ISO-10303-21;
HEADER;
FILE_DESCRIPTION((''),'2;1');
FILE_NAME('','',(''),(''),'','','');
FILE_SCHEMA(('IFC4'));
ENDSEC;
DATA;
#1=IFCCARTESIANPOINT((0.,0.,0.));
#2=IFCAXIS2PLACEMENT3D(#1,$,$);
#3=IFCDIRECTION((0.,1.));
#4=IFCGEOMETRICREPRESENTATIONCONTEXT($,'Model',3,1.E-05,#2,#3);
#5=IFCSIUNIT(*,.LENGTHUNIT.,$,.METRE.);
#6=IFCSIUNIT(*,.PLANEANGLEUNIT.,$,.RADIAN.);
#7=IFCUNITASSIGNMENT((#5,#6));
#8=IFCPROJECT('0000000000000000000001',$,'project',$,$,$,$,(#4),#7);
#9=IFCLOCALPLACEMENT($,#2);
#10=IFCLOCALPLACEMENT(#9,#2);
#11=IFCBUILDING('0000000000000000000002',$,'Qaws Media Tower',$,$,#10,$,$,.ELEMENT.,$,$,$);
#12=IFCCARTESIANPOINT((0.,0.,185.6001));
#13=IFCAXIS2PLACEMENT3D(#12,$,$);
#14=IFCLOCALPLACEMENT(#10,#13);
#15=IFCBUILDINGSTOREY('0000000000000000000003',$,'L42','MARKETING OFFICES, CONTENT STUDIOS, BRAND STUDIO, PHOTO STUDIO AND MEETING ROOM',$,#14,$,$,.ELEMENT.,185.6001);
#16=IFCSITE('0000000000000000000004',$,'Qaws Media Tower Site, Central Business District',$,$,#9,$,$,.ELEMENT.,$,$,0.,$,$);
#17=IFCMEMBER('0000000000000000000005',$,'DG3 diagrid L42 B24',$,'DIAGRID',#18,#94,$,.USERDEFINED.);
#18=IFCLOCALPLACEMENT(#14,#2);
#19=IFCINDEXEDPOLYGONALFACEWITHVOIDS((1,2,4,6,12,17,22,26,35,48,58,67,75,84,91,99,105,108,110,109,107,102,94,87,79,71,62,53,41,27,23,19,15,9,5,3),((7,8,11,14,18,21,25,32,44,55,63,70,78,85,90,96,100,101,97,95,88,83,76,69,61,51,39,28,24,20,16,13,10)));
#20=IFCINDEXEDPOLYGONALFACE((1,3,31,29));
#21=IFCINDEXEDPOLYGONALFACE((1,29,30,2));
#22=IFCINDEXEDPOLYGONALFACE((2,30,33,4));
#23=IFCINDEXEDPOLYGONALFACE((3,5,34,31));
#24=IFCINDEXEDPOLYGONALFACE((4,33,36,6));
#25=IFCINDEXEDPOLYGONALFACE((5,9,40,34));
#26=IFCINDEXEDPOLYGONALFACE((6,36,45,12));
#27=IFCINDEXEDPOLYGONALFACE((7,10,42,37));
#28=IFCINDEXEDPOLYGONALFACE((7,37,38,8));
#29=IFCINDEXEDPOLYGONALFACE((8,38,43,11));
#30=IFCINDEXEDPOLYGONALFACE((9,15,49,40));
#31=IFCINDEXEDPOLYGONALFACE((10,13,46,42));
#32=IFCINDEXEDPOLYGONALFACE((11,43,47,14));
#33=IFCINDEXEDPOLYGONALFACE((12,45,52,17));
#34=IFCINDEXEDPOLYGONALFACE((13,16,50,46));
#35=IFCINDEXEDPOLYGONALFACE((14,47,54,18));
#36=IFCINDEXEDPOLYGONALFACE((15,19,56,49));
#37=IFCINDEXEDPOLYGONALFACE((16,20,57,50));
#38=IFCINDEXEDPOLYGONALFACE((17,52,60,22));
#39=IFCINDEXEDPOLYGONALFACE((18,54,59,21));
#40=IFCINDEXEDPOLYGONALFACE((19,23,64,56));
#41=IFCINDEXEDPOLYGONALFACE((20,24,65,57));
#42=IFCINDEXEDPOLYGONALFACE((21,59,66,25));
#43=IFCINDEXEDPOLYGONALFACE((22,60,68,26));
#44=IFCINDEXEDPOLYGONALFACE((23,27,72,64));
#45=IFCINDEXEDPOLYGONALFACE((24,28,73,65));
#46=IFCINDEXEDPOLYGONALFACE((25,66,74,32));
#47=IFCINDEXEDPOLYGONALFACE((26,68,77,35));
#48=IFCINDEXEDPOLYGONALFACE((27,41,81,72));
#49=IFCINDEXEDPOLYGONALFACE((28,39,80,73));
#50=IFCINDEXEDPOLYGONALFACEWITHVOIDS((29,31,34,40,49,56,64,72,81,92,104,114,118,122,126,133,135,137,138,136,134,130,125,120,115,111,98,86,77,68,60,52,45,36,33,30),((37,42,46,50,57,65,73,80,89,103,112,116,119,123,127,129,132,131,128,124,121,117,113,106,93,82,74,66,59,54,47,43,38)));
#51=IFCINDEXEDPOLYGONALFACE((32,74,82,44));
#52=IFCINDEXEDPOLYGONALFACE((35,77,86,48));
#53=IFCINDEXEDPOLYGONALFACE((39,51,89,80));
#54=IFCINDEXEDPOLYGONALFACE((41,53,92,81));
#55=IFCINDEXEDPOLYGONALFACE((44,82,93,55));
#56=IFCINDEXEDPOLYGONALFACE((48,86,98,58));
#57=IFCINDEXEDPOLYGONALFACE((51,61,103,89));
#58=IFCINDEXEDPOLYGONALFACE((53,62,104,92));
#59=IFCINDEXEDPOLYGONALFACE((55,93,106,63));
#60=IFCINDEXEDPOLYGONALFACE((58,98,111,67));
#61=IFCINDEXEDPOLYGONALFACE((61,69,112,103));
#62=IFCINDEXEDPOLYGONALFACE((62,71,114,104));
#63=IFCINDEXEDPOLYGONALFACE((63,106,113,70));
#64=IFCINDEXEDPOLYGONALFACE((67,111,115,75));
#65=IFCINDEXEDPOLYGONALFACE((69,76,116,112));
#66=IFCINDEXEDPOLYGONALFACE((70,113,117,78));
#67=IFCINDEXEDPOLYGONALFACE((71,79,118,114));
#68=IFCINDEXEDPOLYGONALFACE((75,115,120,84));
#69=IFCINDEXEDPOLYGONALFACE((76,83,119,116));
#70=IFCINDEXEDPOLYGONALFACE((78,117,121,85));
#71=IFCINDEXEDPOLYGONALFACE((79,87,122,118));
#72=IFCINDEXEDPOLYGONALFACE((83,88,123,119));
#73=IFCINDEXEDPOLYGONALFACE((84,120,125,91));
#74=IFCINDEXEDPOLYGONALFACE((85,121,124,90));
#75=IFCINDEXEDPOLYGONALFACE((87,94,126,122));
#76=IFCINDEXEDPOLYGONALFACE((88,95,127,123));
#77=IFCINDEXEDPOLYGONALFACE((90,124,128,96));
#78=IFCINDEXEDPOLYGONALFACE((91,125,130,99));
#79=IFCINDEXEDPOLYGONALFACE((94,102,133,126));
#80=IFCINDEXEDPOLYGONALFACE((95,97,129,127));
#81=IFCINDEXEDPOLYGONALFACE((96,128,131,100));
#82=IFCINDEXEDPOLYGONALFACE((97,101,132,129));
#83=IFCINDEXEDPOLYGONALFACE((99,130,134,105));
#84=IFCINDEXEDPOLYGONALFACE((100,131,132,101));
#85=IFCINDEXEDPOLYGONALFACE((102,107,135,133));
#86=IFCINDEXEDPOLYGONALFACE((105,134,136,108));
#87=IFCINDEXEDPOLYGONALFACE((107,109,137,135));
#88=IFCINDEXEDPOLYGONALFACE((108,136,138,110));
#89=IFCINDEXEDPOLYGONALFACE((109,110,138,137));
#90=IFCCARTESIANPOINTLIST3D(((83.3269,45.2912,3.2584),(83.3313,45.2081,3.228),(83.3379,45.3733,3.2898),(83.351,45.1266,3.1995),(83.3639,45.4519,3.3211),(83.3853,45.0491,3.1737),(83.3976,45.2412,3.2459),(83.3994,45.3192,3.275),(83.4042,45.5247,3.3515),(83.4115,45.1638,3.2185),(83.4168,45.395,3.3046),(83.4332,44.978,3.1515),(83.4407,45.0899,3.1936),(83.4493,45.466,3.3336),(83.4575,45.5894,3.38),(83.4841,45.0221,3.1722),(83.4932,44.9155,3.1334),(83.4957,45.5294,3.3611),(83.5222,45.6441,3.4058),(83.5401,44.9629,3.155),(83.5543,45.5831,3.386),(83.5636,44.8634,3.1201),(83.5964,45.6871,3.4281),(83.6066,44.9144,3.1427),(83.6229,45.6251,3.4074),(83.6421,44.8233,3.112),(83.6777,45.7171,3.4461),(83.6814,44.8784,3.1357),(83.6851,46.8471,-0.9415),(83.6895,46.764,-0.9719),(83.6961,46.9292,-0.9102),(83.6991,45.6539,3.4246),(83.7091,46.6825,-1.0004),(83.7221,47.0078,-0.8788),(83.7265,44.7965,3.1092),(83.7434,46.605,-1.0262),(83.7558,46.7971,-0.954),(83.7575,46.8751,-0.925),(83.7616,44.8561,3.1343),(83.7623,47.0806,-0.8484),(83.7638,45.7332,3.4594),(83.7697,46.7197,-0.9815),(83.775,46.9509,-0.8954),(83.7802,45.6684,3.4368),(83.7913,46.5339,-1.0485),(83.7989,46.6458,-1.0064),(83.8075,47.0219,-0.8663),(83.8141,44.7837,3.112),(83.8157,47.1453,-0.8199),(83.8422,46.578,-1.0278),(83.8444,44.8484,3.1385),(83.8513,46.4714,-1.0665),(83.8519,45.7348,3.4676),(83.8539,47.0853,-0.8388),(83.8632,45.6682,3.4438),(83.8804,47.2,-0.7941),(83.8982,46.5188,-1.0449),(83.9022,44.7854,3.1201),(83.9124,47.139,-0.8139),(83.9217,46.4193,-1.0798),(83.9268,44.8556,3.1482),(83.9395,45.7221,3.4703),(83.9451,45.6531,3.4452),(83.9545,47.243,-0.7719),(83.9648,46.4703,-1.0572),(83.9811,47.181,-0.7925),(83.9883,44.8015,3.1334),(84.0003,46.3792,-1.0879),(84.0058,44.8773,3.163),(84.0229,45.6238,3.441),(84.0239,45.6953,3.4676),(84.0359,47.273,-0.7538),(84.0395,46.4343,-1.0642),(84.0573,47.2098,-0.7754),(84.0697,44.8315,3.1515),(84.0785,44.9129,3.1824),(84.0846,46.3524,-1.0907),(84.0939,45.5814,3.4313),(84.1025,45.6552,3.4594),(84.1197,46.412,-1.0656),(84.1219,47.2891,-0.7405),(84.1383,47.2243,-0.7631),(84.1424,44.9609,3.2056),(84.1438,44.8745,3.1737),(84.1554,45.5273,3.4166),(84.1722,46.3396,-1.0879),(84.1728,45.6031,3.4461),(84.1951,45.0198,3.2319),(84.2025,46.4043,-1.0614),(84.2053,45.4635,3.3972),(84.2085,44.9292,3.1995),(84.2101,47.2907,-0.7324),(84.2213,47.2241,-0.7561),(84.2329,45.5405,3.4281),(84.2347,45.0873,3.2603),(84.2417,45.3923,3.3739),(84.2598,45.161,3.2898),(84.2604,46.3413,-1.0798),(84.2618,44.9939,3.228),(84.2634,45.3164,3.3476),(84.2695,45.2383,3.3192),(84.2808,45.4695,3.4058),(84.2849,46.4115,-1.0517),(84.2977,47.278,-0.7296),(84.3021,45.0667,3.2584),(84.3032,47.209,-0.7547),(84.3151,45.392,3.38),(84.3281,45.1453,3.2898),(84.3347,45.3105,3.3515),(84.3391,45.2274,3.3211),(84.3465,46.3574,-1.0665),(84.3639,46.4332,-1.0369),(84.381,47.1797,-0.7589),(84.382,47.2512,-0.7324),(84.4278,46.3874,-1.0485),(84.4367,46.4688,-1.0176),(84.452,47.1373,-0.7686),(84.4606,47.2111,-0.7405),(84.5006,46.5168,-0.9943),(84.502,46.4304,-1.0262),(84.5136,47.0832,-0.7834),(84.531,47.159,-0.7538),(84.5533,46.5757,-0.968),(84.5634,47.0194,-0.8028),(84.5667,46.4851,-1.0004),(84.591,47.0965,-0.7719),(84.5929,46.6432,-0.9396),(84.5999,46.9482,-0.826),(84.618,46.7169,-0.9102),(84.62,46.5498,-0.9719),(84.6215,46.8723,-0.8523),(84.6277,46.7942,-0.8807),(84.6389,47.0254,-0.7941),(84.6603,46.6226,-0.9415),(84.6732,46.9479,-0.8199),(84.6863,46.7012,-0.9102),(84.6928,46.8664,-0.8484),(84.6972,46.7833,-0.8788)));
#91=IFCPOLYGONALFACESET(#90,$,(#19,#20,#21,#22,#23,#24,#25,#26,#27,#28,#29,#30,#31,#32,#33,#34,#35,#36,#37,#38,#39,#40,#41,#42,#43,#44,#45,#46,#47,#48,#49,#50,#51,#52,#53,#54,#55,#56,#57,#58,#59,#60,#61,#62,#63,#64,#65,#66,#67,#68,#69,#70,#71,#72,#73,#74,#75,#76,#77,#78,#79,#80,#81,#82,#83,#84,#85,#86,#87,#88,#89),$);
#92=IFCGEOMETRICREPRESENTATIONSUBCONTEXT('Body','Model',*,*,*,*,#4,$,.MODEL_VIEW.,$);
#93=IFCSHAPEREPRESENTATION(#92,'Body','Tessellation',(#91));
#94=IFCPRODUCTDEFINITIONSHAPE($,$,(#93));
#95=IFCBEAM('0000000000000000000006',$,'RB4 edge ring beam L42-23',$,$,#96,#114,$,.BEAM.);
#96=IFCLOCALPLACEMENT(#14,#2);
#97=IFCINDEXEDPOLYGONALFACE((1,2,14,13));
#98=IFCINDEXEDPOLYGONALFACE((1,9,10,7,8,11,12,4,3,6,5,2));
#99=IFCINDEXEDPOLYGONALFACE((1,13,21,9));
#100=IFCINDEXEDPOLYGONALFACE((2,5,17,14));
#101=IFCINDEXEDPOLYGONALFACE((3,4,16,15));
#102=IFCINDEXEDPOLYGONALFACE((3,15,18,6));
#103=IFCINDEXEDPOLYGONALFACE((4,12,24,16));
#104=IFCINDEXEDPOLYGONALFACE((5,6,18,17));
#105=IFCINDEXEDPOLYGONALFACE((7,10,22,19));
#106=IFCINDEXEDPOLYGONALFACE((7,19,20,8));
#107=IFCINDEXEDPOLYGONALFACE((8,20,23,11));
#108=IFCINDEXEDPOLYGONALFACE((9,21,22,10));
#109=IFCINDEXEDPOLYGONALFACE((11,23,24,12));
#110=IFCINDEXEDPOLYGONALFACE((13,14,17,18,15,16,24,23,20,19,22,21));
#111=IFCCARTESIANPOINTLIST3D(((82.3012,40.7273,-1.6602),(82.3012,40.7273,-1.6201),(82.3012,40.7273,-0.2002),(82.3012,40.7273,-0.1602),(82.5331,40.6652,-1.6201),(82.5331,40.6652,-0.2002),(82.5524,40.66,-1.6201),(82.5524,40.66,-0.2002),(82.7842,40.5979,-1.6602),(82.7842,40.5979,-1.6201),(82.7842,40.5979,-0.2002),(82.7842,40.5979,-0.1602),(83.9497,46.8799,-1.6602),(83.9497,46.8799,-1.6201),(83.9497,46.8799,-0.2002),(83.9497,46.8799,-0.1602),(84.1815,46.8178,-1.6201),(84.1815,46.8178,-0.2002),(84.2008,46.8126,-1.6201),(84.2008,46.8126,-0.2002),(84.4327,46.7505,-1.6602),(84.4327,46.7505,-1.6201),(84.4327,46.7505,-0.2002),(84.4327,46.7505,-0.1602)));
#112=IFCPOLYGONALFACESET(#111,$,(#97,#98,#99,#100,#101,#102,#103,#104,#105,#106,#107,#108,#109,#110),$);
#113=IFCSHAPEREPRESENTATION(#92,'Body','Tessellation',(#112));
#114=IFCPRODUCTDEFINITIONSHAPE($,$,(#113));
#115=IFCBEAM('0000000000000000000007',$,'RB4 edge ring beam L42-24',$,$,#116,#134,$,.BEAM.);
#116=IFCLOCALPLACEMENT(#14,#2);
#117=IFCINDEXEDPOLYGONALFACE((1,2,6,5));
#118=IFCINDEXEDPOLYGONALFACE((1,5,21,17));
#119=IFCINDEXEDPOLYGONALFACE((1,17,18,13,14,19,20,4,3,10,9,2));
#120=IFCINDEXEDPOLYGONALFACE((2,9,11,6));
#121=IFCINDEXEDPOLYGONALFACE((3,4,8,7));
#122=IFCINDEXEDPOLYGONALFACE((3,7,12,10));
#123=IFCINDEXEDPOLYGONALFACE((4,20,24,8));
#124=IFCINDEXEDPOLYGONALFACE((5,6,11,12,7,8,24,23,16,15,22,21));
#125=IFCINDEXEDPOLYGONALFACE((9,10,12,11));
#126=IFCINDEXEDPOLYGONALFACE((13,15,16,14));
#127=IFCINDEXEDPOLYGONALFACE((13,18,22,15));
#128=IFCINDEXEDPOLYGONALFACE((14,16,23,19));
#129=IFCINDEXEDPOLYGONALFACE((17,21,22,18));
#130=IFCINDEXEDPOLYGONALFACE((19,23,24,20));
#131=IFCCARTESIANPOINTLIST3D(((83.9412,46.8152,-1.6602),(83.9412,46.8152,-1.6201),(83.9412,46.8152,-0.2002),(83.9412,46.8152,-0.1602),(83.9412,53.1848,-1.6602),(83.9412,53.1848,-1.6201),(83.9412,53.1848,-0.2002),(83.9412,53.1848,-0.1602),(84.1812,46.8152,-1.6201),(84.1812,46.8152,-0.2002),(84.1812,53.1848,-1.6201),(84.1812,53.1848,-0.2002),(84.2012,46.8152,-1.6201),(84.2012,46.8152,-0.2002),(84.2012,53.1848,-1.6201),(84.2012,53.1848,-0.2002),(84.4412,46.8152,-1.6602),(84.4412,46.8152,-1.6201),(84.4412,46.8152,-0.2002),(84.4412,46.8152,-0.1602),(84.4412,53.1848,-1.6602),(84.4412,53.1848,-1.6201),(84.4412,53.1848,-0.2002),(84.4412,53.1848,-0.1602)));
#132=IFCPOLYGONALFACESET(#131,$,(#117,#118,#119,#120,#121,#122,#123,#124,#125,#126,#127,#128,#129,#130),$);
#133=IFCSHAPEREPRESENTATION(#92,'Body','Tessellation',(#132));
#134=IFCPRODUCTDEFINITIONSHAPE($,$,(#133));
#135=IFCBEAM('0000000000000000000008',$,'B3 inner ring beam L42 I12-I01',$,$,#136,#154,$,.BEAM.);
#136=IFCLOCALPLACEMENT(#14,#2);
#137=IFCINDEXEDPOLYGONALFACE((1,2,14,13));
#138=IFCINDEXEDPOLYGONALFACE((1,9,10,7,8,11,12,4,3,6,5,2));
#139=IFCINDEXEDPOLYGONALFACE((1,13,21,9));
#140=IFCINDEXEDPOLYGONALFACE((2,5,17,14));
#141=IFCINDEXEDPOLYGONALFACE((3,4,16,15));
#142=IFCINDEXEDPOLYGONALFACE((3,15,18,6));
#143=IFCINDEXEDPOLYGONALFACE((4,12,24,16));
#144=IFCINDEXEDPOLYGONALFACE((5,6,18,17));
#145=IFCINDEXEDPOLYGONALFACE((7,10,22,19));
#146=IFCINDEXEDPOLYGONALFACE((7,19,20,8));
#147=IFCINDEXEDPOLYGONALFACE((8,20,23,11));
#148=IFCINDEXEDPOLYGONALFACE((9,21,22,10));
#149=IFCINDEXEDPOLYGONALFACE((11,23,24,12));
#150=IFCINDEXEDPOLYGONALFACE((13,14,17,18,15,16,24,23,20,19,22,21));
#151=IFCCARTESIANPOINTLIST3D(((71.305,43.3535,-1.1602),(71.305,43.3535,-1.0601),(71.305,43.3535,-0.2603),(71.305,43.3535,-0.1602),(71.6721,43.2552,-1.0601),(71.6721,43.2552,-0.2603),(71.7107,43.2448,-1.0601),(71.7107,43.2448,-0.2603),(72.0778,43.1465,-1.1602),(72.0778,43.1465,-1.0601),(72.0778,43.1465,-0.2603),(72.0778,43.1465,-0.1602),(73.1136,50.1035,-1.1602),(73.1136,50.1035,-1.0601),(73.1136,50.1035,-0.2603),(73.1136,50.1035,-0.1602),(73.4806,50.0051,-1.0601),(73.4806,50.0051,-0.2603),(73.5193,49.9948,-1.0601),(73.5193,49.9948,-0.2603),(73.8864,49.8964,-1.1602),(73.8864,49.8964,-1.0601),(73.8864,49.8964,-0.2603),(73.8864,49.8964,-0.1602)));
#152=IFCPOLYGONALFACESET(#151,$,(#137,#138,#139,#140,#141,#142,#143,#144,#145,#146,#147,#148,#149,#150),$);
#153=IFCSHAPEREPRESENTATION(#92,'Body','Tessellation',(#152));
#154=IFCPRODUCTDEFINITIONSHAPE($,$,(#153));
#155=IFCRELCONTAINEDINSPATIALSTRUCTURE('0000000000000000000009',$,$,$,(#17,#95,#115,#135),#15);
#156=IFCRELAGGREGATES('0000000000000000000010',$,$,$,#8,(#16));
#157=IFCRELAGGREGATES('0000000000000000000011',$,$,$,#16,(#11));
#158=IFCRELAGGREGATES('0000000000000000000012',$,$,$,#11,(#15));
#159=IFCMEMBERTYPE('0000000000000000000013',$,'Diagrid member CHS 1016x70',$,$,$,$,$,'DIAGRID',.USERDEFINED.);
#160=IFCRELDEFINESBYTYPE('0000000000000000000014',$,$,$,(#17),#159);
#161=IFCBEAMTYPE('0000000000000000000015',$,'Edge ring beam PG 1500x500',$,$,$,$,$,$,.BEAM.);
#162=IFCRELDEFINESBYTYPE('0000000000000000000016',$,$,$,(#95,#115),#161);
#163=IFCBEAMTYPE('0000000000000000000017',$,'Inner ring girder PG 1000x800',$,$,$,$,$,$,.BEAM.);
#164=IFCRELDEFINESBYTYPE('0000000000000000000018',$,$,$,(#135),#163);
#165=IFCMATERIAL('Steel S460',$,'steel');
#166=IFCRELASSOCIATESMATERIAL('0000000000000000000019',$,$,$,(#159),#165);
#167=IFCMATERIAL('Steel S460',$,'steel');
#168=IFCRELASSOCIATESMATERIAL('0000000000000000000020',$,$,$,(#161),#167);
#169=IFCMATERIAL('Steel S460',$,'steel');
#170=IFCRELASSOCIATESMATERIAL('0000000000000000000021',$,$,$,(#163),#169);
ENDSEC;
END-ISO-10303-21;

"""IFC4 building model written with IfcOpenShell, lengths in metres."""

from ifc_helpers import new_model, si_unit, direction, frame, origin, origin_2d, place, context, subcontext, project, spatial, hollow_circle, i_section, extrude, material, material_profile, profile_set, type_object, element, save


model = new_model("IFC4")

# Units and contexts
model_context = context("Model", 3, precision=1e-05, world=origin(), true_north=direction((0.0, 1.0)))
body_context = subcontext(model_context, "Body", "Model", "MODEL_VIEW")
ifc_project = project(units=[si_unit("LENGTHUNIT", "METRE"), si_unit("PLANEANGLEUNIT", "RADIAN")], contexts=[model_context])

# Site, building, storey
site_placement = place(None, origin())
site = spatial("IfcSite", under=ifc_project, at=site_placement, Name="Qaws Media Tower Site, Central Business District", CompositionType="ELEMENT", RefElevation=0.0)
building_placement = place(site_placement, origin())
building = spatial("IfcBuilding", under=site, at=building_placement, Name="Qaws Media Tower", CompositionType="ELEMENT")
storey_placement = place(building_placement, frame((0.0, 0.0, 185.6001)))
storey = spatial("IfcBuildingStorey", under=building, at=storey_placement, Name="L42", Description="MARKETING OFFICES, CONTENT STUDIOS, BRAND STUDIO, PHOTO STUDIO AND MEETING ROOM", CompositionType="ELEMENT", Elevation=185.6001)

# Member
ifc_material_1 = material(Name="Steel S460", Category="steel")
ifc_material_profile_1 = material_profile(ifc_material_1, hollow_circle(Radius=0.5081, WallThickness=0.0701, at=origin_2d()), Name="CHS 1016x70")
ifc_profile_set_1 = profile_set([ifc_material_profile_1], Name="Steel S460")
member_type_1 = type_object("IfcMemberType", Name="Diagrid member CHS 1016x70", ElementType="DIAGRID", PredefinedType="USERDEFINED", material=ifc_profile_set_1)
for number, where, z_axis, x_axis, name in (
    (1, (84.1912, 46.8152, -0.9102), (-0.079711, -0.346282, 0.934738), (0.974515, -0.224323, 0.0), "DG3 diagrid L42 B24"),
):
    element("IfcMember", number, at=place(storey_placement, frame(where, z_axis=z_axis, x_axis=x_axis)), inside=storey, type_object=member_type_1, Name=name, ObjectType="DIAGRID", PredefinedType="USERDEFINED", context=body_context, shape_type="SweptSolid", body=[
        extrude(hollow_circle(Radius=0.5081, WallThickness=0.0701, at=origin_2d()), origin(), (0.0, 0.0, 1.0), 4.4932),
    ])

# Beams
ifc_material_2 = material(Name="Steel S460", Category="steel")
ifc_material_profile_2 = material_profile(ifc_material_2, i_section(OverallWidth=0.5, OverallDepth=1.5, WebThickness=0.02, FlangeThickness=0.04, at=origin_2d()), Name="PG 1500x500")
ifc_profile_set_2 = profile_set([ifc_material_profile_2], Name="Steel S460")
beam_type_1 = type_object("IfcBeamType", Name="Edge ring beam PG 1500x500", PredefinedType="BEAM", material=ifc_profile_set_2)
for number, where, z_axis, x_axis, name in (
    (2, (82.5427, 40.6626, -0.9102), (0.258798, 0.965931, 0.0), (-0.965931, 0.258798, 0.0), "RB4 edge ring beam L42-23"),
    (3, (84.1912, 46.8152, -0.9102), (0.0, 1.0, 0.0), (-1.0, 0.0, 0.0), "RB4 edge ring beam L42-24"),
):
    element("IfcBeam", number, at=place(storey_placement, frame(where, z_axis=z_axis, x_axis=x_axis)), inside=storey, type_object=beam_type_1, Name=name, PredefinedType="BEAM", context=body_context, shape_type="SweptSolid", body=[
        extrude(i_section(OverallWidth=0.5, OverallDepth=1.5, WebThickness=0.02, FlangeThickness=0.04, at=origin_2d()), origin(), (0.0, 0.0, 1.0), 6.3696),
    ])
ifc_material_3 = material(Name="Steel S460", Category="steel")
ifc_material_profile_3 = material_profile(ifc_material_3, i_section(OverallWidth=0.8, OverallDepth=1.0, WebThickness=0.04, FlangeThickness=0.1001, at=origin_2d()), Name="PG 1000x800")
ifc_profile_set_3 = profile_set([ifc_material_profile_3], Name="Steel S460")
beam_type_2 = type_object("IfcBeamType", Name="Inner ring girder PG 1000x800", PredefinedType="BEAM", material=ifc_profile_set_3)
beam_1_placement = place(storey_placement, frame((71.6914, 43.25, -0.6602), z_axis=(0.258811, 0.965928, 0.0), x_axis=(-0.965928, 0.258811, 0.0)))
element("IfcBeam", 4, at=beam_1_placement, inside=storey, type_object=beam_type_2, Name="B3 inner ring beam L42 I12-I01", PredefinedType="BEAM", context=body_context, shape_type="SweptSolid", body=[
    extrude(i_section(OverallWidth=0.8, OverallDepth=1.0, WebThickness=0.04, FlangeThickness=0.1001, at=origin_2d()), origin(), (0.0, 0.0, 1.0), 6.988),
])

save(model, "model.ifc")
